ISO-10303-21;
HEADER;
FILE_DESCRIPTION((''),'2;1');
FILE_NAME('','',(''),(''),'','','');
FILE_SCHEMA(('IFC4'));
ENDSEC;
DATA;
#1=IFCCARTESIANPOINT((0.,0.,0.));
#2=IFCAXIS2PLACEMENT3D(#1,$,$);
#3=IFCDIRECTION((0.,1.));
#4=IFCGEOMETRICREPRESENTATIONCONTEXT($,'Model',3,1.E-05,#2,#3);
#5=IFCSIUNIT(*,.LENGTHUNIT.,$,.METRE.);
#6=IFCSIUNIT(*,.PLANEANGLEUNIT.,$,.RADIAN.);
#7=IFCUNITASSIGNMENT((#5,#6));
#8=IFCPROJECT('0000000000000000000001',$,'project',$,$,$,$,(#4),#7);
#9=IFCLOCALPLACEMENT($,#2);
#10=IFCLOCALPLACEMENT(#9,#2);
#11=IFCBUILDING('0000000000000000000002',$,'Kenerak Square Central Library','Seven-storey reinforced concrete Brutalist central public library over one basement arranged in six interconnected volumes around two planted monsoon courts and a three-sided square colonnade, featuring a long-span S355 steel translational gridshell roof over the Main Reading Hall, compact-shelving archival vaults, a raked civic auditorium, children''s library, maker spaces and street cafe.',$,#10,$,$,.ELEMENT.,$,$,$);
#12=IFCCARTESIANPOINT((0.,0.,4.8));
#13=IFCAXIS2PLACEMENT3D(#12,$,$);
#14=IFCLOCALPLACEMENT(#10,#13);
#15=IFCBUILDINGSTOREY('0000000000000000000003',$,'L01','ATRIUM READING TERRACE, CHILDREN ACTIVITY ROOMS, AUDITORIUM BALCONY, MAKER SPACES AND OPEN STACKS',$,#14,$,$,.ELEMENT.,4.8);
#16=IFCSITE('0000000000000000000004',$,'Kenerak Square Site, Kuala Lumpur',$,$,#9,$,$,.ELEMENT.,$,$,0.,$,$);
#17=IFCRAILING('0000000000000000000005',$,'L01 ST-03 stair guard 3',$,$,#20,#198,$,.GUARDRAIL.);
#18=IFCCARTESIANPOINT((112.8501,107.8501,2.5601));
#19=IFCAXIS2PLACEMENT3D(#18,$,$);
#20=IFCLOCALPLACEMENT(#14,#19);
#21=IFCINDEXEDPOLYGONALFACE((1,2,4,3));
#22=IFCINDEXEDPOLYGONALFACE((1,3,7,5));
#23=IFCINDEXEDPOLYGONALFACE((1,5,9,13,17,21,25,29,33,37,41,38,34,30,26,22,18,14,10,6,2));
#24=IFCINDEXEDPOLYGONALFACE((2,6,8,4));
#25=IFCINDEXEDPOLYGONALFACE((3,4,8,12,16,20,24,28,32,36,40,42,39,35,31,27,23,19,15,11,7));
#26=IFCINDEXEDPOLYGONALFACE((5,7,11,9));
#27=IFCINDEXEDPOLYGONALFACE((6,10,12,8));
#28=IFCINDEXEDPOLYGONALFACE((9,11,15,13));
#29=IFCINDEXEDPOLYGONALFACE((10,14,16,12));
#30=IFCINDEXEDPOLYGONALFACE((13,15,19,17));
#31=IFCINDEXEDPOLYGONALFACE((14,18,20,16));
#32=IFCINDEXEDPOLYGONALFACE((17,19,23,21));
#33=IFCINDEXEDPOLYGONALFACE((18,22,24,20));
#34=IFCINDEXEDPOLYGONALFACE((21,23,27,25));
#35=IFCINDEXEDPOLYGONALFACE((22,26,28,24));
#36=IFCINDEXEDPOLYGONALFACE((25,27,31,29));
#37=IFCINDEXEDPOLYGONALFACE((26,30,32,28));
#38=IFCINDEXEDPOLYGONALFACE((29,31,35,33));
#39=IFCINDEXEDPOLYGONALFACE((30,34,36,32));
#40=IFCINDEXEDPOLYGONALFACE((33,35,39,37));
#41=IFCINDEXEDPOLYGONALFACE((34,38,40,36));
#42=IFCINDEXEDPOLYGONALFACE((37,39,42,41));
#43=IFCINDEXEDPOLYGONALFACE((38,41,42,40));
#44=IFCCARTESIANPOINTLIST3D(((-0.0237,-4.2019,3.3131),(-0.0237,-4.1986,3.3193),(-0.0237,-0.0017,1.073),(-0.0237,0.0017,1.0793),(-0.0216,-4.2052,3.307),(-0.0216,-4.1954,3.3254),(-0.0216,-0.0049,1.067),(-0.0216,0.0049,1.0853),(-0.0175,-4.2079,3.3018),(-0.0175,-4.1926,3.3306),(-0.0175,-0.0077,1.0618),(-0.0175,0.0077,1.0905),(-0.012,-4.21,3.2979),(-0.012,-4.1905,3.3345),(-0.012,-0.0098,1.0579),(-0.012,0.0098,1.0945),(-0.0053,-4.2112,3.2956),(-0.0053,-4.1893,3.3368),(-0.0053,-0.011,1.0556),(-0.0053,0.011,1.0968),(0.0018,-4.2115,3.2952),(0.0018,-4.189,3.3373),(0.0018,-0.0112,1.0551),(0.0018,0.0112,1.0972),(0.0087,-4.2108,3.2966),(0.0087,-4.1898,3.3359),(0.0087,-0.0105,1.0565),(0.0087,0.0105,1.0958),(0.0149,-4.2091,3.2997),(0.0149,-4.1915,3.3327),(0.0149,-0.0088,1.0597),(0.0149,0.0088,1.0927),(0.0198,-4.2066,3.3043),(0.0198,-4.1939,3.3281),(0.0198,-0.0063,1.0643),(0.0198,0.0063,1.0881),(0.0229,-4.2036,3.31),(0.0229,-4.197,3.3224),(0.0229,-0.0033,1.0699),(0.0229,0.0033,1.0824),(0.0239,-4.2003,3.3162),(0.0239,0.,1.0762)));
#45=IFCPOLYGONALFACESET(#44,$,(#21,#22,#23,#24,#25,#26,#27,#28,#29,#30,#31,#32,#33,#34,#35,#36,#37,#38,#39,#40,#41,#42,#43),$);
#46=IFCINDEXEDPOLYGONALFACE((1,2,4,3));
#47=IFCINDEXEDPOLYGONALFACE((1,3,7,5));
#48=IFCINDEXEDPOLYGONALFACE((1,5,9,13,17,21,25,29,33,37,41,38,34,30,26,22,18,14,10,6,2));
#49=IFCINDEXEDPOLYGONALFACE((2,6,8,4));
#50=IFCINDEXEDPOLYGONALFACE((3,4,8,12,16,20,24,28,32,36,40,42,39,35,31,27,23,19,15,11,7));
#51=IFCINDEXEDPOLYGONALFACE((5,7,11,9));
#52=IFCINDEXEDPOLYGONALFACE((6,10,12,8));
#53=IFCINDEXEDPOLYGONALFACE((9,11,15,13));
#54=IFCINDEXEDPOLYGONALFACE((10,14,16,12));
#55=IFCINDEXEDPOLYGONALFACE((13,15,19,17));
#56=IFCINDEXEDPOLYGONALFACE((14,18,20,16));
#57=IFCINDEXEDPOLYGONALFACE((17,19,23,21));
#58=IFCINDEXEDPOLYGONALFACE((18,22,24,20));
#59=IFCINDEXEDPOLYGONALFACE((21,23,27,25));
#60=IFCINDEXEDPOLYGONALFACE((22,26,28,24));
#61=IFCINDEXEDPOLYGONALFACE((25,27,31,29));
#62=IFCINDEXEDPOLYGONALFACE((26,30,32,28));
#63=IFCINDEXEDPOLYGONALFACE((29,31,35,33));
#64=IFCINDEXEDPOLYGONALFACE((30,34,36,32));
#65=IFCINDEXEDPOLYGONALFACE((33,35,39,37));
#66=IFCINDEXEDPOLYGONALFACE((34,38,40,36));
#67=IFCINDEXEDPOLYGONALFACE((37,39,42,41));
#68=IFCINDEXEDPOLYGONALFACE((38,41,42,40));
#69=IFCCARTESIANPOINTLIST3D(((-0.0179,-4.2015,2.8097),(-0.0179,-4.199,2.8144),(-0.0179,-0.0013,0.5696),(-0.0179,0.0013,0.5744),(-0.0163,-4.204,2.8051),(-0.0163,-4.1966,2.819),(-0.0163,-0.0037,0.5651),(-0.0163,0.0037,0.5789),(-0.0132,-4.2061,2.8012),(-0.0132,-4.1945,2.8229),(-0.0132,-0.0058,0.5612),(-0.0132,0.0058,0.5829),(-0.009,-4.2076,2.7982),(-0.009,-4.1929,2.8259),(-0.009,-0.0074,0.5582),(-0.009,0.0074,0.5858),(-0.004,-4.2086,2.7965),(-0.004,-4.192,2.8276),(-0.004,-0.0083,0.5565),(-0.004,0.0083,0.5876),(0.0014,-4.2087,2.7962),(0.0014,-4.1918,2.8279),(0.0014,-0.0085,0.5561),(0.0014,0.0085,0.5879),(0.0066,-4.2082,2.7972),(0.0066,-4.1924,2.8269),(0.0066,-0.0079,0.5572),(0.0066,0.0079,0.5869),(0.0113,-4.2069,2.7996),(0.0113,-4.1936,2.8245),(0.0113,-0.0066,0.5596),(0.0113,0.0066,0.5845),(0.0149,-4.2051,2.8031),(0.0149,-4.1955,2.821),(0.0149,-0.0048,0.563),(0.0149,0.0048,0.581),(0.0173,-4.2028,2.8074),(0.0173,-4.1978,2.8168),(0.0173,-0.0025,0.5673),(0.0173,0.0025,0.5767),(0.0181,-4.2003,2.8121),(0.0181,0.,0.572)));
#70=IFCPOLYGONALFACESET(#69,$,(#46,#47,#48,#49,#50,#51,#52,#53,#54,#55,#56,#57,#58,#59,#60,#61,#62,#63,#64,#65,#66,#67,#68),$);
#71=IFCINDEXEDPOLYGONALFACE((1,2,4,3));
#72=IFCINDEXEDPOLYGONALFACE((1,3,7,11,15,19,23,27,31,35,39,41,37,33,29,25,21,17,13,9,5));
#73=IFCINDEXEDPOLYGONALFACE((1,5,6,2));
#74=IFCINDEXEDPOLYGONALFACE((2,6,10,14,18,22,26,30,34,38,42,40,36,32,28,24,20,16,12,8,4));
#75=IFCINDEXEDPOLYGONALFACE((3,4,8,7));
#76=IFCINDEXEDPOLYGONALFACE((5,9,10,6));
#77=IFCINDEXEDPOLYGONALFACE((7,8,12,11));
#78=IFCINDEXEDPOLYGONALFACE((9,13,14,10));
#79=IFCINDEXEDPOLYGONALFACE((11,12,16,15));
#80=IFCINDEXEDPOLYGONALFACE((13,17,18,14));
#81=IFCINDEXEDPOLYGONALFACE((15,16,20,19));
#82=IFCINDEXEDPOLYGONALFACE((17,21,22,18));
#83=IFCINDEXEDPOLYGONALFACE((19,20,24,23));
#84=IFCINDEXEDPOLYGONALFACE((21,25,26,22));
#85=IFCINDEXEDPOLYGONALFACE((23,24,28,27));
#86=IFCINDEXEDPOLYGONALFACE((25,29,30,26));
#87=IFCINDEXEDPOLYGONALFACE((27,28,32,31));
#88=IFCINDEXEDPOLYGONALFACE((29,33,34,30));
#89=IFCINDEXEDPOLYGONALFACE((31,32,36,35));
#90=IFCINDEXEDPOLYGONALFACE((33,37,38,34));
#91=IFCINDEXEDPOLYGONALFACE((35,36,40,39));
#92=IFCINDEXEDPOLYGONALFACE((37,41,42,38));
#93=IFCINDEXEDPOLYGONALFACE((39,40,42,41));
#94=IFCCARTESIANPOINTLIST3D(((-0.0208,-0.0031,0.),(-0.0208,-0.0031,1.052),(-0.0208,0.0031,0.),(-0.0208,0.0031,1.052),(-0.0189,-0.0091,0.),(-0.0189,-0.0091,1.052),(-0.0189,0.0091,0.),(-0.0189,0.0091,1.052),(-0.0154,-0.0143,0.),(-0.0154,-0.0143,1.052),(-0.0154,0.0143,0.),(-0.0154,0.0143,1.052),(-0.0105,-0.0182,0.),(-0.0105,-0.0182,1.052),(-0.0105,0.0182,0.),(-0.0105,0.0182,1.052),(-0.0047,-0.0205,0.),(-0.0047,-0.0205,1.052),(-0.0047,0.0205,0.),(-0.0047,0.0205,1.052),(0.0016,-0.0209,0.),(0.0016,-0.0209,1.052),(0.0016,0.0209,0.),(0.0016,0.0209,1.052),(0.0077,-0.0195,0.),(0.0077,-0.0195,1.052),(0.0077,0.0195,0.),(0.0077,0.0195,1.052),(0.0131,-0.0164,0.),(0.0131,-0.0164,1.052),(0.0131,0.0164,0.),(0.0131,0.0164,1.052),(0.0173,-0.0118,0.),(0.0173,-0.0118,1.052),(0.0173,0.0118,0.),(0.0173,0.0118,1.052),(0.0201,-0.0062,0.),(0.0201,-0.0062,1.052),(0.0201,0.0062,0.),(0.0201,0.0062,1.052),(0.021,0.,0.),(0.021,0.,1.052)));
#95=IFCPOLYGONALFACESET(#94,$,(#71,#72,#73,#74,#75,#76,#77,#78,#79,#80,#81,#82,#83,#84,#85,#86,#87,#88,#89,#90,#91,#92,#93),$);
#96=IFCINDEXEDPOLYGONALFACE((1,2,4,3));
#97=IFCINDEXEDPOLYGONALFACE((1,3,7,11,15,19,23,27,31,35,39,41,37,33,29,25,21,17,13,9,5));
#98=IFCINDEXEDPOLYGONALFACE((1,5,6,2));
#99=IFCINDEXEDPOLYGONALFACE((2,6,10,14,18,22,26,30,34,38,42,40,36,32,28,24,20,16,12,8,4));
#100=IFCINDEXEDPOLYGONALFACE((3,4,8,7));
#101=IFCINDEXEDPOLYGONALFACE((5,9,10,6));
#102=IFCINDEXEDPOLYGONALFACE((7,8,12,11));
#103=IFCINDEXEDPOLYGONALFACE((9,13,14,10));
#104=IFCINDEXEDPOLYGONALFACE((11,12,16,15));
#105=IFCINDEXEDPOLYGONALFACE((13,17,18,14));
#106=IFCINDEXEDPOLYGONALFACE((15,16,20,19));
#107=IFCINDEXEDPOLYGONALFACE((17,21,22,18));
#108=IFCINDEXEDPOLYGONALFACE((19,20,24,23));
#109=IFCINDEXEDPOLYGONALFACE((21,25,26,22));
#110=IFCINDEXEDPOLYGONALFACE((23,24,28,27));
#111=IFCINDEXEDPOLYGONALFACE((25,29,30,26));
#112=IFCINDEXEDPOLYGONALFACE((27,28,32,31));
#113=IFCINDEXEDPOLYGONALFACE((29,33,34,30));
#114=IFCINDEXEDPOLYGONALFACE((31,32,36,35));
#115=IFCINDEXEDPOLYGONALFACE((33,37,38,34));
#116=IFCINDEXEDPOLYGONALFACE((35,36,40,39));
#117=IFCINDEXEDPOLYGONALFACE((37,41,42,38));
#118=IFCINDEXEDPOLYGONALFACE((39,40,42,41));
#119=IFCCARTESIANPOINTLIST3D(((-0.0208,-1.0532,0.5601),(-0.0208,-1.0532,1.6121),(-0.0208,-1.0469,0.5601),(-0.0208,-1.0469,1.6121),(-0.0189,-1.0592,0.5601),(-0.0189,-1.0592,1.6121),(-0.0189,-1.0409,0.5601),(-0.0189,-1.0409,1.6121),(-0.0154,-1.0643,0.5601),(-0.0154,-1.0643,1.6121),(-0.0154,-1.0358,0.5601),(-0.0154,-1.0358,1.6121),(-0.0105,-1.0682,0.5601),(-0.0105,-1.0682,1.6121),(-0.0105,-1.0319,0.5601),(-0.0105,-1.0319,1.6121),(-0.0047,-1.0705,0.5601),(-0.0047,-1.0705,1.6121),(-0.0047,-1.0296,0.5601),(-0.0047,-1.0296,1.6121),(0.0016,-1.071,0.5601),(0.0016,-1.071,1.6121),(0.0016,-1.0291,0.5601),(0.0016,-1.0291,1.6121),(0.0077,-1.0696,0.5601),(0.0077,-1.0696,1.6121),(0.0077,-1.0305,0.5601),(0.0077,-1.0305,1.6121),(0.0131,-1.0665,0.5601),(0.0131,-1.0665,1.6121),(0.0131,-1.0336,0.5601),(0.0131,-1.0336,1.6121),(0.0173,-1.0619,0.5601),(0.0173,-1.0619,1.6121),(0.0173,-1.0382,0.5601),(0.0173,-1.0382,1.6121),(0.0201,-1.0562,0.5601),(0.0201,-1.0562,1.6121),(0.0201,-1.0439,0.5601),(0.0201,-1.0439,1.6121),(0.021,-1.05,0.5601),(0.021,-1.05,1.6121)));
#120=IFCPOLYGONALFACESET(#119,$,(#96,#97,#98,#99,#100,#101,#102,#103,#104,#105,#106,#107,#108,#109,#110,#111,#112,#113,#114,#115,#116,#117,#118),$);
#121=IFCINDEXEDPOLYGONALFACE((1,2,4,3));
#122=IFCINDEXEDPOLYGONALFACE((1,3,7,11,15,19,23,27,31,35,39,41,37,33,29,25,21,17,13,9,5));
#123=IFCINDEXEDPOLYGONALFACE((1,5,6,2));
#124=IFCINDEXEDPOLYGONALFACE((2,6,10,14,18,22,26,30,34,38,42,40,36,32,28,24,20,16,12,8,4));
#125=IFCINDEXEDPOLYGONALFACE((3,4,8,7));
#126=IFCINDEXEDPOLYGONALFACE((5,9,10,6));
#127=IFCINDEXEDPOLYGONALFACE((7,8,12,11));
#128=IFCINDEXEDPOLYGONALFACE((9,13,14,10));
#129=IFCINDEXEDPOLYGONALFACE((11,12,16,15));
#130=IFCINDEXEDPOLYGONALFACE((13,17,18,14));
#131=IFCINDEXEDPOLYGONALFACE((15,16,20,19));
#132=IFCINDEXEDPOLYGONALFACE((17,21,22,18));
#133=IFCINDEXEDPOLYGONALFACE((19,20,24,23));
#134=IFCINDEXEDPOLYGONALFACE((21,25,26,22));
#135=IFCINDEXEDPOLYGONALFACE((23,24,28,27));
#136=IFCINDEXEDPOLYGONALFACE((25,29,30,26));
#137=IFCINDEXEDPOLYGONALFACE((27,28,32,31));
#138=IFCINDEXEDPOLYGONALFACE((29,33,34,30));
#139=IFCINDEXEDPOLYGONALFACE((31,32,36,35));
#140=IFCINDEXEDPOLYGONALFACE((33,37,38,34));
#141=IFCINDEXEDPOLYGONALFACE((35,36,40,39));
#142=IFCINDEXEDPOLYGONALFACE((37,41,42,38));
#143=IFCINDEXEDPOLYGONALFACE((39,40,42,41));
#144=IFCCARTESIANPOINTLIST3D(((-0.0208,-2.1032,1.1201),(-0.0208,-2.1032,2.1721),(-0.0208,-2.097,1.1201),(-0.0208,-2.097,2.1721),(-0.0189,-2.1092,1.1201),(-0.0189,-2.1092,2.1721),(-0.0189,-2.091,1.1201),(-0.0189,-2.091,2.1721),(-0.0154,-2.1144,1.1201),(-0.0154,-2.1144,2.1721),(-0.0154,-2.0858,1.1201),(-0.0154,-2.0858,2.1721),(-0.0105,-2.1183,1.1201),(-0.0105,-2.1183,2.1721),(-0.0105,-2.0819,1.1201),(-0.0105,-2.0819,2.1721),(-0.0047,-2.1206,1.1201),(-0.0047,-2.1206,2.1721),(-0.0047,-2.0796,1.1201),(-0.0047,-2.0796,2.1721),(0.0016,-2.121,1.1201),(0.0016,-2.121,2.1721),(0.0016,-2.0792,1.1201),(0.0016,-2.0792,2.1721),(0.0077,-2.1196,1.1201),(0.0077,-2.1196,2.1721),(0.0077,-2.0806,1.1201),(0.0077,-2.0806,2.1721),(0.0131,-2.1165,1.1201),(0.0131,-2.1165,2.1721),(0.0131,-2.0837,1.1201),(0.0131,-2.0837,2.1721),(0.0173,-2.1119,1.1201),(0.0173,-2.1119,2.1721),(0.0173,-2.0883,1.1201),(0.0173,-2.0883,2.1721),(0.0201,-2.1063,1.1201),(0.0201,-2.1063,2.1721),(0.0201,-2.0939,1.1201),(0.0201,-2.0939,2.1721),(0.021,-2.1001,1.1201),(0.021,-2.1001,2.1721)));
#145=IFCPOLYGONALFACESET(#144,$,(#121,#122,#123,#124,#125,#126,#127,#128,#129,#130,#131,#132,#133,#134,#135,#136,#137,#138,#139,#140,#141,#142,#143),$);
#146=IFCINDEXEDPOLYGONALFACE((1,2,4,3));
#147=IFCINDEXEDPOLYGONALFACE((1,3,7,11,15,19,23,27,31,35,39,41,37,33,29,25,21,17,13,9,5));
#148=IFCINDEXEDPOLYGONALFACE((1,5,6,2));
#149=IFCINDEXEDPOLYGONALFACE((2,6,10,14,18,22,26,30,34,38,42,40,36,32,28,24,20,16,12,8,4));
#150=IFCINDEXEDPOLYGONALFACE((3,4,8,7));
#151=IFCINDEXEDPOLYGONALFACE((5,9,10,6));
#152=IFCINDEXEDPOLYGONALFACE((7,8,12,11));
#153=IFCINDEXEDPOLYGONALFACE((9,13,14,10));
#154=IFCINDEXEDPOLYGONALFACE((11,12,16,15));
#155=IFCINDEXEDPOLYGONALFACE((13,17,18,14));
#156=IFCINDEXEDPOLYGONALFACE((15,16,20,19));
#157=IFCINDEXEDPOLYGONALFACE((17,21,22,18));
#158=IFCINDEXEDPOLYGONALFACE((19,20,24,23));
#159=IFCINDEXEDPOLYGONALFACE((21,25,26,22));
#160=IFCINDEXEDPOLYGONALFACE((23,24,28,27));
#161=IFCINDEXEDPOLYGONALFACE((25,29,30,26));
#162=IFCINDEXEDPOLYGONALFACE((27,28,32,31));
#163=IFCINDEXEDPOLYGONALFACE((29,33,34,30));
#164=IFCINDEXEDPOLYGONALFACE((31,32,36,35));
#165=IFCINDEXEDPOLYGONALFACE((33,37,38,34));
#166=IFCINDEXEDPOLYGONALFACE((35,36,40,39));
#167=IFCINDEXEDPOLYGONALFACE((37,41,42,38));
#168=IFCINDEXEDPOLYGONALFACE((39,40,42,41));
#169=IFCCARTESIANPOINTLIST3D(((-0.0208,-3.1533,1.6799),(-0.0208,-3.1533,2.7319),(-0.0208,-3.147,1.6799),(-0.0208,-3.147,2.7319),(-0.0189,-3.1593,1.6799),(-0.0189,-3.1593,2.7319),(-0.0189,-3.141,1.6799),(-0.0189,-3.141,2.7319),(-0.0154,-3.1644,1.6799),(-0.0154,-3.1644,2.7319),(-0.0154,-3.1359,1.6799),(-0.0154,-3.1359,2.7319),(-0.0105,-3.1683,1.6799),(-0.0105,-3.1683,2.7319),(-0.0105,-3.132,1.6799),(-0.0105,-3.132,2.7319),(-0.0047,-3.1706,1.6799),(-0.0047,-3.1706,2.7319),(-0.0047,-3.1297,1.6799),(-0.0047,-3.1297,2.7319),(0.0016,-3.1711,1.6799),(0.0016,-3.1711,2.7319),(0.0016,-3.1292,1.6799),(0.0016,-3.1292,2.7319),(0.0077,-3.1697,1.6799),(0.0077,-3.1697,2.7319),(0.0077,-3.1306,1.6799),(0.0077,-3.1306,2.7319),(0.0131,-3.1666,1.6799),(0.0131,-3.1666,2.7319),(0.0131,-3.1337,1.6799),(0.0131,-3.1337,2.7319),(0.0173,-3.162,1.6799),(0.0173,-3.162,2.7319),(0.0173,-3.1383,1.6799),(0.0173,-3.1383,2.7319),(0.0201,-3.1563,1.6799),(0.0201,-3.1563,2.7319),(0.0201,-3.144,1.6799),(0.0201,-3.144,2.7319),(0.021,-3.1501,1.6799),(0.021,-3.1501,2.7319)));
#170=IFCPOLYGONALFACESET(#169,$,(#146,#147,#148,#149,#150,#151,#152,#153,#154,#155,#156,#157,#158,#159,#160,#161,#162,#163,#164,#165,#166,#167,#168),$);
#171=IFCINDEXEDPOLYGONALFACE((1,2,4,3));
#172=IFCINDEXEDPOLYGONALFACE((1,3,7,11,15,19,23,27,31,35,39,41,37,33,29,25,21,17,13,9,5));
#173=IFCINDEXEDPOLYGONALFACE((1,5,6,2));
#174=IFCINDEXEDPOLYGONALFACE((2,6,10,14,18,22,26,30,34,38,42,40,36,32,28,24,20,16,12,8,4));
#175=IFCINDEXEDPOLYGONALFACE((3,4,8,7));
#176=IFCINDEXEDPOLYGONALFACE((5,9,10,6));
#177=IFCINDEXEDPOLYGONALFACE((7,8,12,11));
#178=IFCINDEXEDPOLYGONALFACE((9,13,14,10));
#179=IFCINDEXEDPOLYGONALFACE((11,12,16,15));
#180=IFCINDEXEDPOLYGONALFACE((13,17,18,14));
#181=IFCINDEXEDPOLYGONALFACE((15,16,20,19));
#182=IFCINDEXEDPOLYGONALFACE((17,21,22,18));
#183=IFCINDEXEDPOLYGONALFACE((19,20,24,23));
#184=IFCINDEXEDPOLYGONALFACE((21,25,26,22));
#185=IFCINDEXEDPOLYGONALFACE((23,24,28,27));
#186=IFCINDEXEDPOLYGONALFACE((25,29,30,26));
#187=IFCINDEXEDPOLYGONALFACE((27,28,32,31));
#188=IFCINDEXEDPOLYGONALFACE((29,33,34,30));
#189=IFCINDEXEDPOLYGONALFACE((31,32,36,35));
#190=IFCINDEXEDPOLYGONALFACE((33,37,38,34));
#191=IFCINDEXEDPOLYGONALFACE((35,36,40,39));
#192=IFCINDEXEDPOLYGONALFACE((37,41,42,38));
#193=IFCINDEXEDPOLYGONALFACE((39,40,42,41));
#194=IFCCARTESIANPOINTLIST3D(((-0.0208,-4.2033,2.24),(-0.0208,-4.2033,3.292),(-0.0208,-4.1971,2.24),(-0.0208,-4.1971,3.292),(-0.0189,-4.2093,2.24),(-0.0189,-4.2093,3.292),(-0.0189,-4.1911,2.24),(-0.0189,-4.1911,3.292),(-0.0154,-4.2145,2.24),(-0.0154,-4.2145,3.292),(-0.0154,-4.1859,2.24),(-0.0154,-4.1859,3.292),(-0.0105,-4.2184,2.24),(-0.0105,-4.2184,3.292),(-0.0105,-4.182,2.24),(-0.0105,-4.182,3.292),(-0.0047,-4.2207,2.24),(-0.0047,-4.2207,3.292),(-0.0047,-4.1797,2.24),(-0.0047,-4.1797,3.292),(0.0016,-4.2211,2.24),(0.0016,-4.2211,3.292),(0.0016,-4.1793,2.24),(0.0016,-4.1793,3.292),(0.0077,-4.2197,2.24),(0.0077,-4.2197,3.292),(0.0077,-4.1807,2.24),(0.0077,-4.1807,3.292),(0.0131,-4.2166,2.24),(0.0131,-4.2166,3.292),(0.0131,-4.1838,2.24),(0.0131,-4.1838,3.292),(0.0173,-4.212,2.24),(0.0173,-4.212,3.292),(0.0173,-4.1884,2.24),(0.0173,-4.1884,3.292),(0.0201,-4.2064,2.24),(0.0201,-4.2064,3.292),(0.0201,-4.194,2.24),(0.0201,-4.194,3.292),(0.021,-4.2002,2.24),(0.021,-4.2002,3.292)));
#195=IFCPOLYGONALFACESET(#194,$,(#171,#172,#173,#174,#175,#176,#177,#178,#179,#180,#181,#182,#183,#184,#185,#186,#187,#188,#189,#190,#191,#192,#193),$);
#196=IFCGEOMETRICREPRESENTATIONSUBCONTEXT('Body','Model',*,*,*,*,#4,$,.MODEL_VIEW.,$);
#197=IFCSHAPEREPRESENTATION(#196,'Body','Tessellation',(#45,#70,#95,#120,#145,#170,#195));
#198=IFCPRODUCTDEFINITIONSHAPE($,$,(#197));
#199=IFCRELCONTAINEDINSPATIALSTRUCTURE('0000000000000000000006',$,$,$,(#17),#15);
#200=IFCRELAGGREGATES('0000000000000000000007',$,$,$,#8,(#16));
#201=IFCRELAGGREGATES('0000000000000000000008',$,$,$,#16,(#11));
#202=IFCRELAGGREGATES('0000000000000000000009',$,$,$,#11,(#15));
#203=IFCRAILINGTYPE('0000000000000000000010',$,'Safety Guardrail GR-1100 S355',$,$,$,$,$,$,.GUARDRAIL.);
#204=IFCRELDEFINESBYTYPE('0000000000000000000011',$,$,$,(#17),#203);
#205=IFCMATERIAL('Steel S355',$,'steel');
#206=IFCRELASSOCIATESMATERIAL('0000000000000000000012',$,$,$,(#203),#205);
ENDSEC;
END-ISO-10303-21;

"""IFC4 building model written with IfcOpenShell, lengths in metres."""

from ifc_helpers import new_model, si_unit, direction, frame, origin, origin_2d, place, context, subcontext, project, spatial, circle, extrude, material, type_object, element, save


model = new_model("IFC4")

# Units and contexts
model_context = context("Model", 3, precision=1e-05, world=origin(), true_north=direction((0.0, 1.0)))
body_context = subcontext(model_context, "Body", "Model", "MODEL_VIEW")
ifc_project = project(units=[si_unit("LENGTHUNIT", "METRE"), si_unit("PLANEANGLEUNIT", "RADIAN")], contexts=[model_context])

# Site, building, storey
site_placement = place(None, origin())
site = spatial("IfcSite", under=ifc_project, at=site_placement, Name="Kenerak Square Site, Kuala Lumpur", CompositionType="ELEMENT", RefElevation=0.0)
building_placement = place(site_placement, origin())
building = spatial("IfcBuilding", under=site, at=building_placement, Name="Kenerak Square Central Library", Description="Seven-storey reinforced concrete Brutalist central public library over one basement arranged in six interconnected volumes around two planted monsoon courts and a three-sided square colonnade, featuring a long-span S355 steel translational gridshell roof over the Main Reading Hall, compact-shelving archival vaults, a raked civic auditorium, children's library, maker spaces and street cafe.", CompositionType="ELEMENT")
storey_placement = place(building_placement, frame((0.0, 0.0, 4.8)))
storey = spatial("IfcBuildingStorey", under=building, at=storey_placement, Name="L01", Description="ATRIUM READING TERRACE, CHILDREN ACTIVITY ROOMS, AUDITORIUM BALCONY, MAKER SPACES AND OPEN STACKS", CompositionType="ELEMENT", Elevation=4.8)

# Railing
ifc_material_1 = material(Name="Steel S355", Category="steel")
railing_type_1 = type_object("IfcRailingType", Name="Safety Guardrail GR-1100 S355", PredefinedType="GUARDRAIL", material=ifc_material_1)
railing_1_placement = place(storey_placement, frame((112.8501, 107.8501, 2.5601)))
element("IfcRailing", 1, at=railing_1_placement, inside=storey, type_object=railing_type_1, Name="L01 ST-03 stair guard 3", PredefinedType="GUARDRAIL", context=body_context, shape_type="SweptSolid", body=[
    extrude(circle(Radius=0.0239, at=origin_2d()), frame((0.0, 0.0, 1.0762), z_axis=(0.0, -0.882363, 0.47057), x_axis=(1.0, 0.0, 0.0)), (0.0, 0.0, 1.0), 4.7603),
    extrude(circle(Radius=0.0181, at=origin_2d()), frame((0.0, 0.0, 0.572), z_axis=(0.0, -0.882363, 0.47057), x_axis=(1.0, 0.0, 0.0)), (0.0, 0.0, 1.0), 4.7603),
    extrude(circle(Radius=0.021, at=origin_2d()), origin(), (0.0, 0.0, 1.0), 1.052),
    extrude(circle(Radius=0.021, at=origin_2d()), frame((0.0, -1.05, 0.5601)), (0.0, 0.0, 1.0), 1.052),
    extrude(circle(Radius=0.021, at=origin_2d()), frame((0.0, -2.1001, 1.1201)), (0.0, 0.0, 1.0), 1.052),
    extrude(circle(Radius=0.021, at=origin_2d()), frame((0.0, -3.1501, 1.6799)), (0.0, 0.0, 1.0), 1.052),
    extrude(circle(Radius=0.021, at=origin_2d()), frame((0.0, -4.2002, 2.24)), (0.0, 0.0, 1.0), 1.052),
])

save(model, "model.ifc")
